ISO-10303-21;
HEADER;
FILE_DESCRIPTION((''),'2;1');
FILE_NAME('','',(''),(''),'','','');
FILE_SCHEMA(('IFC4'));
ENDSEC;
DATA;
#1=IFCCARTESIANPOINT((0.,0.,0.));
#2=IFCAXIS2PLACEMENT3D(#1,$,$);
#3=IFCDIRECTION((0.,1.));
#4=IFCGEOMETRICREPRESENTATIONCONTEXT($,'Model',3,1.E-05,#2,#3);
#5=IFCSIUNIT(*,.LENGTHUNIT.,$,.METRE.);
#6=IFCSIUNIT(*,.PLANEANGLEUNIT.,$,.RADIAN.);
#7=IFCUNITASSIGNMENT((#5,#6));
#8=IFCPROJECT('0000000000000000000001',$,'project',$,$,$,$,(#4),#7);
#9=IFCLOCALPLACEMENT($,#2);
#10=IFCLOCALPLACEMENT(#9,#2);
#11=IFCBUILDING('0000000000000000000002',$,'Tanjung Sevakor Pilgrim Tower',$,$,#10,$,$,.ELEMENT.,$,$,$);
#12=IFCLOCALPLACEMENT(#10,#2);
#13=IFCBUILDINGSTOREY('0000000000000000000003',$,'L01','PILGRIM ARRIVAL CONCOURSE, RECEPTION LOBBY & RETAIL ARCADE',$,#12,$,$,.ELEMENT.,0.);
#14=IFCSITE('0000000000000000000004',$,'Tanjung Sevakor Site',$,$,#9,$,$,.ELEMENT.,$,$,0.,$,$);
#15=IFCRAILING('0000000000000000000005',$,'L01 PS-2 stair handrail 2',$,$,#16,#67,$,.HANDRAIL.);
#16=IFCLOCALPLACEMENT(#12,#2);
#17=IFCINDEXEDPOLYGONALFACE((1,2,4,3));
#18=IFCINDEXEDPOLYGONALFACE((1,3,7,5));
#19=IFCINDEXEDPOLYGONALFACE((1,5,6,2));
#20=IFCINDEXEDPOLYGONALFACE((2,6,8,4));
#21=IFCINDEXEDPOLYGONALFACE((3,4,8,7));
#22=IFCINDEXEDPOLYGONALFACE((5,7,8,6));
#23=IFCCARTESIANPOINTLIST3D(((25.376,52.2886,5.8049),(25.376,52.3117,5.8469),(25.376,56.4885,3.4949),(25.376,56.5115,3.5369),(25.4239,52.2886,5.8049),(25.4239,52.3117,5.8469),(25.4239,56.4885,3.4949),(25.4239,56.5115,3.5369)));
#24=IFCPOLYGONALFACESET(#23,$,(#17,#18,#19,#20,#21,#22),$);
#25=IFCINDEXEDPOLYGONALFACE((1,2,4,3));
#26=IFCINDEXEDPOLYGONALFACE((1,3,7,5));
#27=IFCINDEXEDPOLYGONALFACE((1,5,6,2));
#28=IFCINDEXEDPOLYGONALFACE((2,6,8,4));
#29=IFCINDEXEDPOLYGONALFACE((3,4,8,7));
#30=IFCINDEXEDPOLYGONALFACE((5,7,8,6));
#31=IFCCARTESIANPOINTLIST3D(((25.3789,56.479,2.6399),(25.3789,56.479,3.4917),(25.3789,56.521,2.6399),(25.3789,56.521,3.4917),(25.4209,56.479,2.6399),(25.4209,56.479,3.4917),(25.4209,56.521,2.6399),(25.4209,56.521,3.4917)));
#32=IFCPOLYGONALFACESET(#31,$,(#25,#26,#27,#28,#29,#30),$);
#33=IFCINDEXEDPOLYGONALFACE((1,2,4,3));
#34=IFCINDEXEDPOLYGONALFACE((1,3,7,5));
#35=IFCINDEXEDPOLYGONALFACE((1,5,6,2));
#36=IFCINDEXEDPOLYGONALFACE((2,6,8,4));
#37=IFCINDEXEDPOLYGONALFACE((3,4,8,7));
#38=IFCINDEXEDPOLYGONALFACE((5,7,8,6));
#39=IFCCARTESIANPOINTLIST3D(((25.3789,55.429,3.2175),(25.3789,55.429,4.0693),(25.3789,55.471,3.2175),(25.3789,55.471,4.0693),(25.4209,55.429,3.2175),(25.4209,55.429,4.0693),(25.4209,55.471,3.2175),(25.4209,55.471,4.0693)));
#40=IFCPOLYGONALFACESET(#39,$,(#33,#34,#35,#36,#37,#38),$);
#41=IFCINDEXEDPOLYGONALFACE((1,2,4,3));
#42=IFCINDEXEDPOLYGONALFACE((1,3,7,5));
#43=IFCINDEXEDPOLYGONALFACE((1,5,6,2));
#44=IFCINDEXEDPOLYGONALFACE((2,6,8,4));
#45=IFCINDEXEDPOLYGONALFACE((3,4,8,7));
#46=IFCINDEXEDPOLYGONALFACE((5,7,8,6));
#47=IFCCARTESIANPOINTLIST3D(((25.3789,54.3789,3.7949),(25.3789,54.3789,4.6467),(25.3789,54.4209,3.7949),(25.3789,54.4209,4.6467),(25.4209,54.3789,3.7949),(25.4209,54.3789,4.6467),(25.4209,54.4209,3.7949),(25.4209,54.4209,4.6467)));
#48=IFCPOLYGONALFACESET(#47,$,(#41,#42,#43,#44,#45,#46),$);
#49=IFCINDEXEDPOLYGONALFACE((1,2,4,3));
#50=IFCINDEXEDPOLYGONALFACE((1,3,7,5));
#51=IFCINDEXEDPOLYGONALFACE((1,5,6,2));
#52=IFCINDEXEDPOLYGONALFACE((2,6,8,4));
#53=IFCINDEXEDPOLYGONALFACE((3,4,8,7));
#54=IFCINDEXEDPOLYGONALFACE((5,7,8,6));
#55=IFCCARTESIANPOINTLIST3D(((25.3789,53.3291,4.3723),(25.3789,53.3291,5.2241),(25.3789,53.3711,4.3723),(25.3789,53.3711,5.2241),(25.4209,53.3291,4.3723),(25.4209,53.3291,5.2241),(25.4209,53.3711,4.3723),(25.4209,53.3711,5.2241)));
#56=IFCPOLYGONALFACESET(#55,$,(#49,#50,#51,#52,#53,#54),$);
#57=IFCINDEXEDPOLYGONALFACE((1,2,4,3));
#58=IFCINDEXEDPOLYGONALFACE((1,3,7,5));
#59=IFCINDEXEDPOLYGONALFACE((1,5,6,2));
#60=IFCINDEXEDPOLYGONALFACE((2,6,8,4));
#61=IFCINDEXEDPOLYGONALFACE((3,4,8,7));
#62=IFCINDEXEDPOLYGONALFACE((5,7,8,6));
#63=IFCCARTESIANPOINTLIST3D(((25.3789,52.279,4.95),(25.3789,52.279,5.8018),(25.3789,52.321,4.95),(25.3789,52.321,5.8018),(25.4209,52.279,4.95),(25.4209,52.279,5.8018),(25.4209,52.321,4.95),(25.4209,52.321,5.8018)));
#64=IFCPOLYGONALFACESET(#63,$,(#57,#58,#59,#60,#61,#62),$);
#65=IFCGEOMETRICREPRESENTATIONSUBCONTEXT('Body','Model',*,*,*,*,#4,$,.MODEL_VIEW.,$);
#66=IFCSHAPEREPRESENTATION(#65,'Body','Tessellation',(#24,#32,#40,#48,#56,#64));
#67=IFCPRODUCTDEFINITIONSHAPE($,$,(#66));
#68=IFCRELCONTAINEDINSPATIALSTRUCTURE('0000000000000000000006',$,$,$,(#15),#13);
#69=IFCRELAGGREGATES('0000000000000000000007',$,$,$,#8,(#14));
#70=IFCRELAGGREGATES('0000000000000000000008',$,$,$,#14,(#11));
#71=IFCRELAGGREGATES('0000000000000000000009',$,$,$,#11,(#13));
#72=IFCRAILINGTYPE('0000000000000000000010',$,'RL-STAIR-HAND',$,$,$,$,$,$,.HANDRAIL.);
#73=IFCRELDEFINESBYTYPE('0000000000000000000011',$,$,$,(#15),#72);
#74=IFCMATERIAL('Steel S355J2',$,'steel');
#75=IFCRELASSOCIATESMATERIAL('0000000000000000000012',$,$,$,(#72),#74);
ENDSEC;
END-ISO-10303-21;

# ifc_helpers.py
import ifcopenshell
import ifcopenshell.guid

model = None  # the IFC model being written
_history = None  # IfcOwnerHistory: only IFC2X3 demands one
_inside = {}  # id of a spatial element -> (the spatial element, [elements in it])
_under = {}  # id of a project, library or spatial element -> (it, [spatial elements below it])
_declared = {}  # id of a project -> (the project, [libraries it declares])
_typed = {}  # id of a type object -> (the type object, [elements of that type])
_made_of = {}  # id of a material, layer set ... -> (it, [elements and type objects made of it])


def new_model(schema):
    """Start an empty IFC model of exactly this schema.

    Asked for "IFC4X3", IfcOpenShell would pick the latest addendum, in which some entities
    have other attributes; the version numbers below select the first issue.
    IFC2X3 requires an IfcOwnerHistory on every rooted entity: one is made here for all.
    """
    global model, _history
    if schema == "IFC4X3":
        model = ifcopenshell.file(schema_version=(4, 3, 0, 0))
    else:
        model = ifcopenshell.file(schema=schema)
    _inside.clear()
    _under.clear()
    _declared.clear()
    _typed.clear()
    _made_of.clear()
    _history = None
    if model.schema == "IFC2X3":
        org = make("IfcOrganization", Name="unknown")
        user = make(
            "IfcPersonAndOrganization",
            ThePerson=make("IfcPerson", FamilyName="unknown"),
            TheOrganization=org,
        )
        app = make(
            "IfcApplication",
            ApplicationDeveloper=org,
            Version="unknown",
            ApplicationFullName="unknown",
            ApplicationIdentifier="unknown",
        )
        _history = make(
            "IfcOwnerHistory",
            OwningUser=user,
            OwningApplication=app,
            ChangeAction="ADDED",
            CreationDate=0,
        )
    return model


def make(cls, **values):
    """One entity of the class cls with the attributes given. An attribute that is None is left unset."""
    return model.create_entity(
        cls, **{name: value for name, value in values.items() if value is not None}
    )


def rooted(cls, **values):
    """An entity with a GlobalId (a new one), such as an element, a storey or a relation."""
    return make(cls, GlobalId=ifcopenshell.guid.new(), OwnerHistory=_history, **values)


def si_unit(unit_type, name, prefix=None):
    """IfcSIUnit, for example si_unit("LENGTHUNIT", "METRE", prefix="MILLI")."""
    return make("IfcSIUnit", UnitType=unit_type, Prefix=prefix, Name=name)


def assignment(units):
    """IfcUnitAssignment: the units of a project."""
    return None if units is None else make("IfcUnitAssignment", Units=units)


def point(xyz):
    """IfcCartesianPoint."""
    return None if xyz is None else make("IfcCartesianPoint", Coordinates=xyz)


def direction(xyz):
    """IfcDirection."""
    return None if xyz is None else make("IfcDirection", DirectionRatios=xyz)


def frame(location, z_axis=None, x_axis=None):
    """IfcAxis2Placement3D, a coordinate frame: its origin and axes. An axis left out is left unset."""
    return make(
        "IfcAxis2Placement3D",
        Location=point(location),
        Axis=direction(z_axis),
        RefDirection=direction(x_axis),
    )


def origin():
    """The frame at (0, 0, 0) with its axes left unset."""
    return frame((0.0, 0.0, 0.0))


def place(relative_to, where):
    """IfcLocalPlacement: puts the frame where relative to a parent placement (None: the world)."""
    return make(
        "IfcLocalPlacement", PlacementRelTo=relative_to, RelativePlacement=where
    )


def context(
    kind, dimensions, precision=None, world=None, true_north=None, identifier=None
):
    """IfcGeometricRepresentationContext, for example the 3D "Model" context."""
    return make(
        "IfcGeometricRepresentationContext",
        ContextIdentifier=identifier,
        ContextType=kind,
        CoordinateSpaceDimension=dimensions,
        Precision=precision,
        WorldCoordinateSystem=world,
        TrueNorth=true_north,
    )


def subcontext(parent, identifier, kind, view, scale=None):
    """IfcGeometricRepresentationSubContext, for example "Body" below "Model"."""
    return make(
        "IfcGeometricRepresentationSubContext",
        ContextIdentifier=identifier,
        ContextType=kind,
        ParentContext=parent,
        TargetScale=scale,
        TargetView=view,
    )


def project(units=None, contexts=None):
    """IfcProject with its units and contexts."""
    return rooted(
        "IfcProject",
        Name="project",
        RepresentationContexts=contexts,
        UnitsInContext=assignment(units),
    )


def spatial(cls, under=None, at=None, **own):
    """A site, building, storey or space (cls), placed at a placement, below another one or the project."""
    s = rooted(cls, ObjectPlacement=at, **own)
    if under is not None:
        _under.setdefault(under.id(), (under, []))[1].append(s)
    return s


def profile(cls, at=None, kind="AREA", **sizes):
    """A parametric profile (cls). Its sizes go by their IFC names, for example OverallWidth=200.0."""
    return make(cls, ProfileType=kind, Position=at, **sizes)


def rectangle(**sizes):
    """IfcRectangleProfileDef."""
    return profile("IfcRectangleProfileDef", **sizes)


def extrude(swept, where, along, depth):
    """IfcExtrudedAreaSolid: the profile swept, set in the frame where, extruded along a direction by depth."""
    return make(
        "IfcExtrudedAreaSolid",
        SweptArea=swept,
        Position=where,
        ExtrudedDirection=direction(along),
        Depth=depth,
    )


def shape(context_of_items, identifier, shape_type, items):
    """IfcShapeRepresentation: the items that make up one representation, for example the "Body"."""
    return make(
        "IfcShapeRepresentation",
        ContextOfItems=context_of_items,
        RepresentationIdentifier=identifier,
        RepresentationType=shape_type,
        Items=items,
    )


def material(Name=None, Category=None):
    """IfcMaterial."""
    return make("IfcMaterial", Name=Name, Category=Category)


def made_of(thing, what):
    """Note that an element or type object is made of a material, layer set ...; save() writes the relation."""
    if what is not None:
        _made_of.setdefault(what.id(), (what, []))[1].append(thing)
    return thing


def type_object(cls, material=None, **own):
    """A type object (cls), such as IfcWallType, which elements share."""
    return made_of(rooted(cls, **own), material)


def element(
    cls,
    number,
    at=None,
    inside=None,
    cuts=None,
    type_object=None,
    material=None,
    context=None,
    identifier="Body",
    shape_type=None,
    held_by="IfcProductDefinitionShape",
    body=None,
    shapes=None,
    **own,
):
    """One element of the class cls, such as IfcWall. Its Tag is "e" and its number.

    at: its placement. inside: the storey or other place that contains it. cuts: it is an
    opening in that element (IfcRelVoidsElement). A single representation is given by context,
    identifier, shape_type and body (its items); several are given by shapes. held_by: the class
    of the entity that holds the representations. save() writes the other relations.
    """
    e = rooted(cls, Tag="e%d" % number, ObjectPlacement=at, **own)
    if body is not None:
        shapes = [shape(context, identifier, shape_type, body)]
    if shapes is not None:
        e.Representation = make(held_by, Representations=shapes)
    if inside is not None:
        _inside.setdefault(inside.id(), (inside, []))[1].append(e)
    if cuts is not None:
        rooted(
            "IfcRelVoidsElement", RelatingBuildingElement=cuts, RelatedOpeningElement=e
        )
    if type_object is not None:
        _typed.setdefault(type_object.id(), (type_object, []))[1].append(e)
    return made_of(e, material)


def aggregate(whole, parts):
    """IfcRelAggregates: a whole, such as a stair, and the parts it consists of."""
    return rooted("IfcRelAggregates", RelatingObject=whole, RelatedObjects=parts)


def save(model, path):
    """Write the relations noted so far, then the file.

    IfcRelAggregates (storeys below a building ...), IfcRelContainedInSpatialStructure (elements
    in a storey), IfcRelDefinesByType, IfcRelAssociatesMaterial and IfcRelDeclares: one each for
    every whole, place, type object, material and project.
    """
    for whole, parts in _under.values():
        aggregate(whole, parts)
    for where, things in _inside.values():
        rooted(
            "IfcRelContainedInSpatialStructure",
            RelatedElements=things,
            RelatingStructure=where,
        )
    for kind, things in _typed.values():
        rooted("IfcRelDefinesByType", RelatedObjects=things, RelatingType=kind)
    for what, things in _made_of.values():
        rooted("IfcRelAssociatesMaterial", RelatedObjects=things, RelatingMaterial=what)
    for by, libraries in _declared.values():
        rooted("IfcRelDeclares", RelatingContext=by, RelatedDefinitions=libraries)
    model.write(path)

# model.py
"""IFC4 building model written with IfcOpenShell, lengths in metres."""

from ifc_helpers import new_model, si_unit, direction, frame, origin, place, context, subcontext, project, spatial, rectangle, extrude, material, type_object, element, save


model = new_model("IFC4")

# Units and contexts
model_context = context("Model", 3, precision=1e-05, world=origin(), true_north=direction((0.0, 1.0)))
body_context = subcontext(model_context, "Body", "Model", "MODEL_VIEW")
ifc_project = project(units=[si_unit("LENGTHUNIT", "METRE"), si_unit("PLANEANGLEUNIT", "RADIAN")], contexts=[model_context])

# Site, building, storey
site_placement = place(None, origin())
site = spatial("IfcSite", under=ifc_project, at=site_placement, Name="Tanjung Sevakor Site", CompositionType="ELEMENT", RefElevation=0.0)
building_placement = place(site_placement, origin())
building = spatial("IfcBuilding", under=site, at=building_placement, Name="Tanjung Sevakor Pilgrim Tower", CompositionType="ELEMENT")
storey_placement = place(building_placement, origin())
storey = spatial("IfcBuildingStorey", under=building, at=storey_placement, Name="L01", Description="PILGRIM ARRIVAL CONCOURSE, RECEPTION LOBBY & RETAIL ARCADE", CompositionType="ELEMENT", Elevation=0.0)

# Railing
ifc_material_1 = material(Name="Steel S355J2", Category="steel")
railing_type = type_object("IfcRailingType", Name="RL-STAIR-HAND", PredefinedType="HANDRAIL", material=ifc_material_1)
railing_placement = place(storey_placement, frame((25.3999, 56.5, 2.6399)))
element("IfcRailing", 1, at=railing_placement, inside=storey, type_object=railing_type, Name="L01 PS-2 stair handrail 2", PredefinedType="HANDRAIL", context=body_context, shape_type="SweptSolid", body=[
    extrude(rectangle(XDim=0.0479, YDim=0.0479), frame((0.0, 0.0, 0.876), z_axis=(0.0, -0.876208, 0.481932), x_axis=(1.0, 0.0, 0.0)), (0.0, 0.0, 1.0), 4.7932),
    extrude(rectangle(XDim=0.042, YDim=0.042), origin(), (0.0, 0.0, 1.0), 0.8518),
    extrude(rectangle(XDim=0.042, YDim=0.042), frame((0.0, -1.05, 0.5776)), (0.0, 0.0, 1.0), 0.8518),
    extrude(rectangle(XDim=0.042, YDim=0.042), frame((0.0, -2.1001, 1.155)), (0.0, 0.0, 1.0), 0.8518),
    extrude(rectangle(XDim=0.042, YDim=0.042), frame((0.0, -3.1499, 1.7324)), (0.0, 0.0, 1.0), 0.8518),
    extrude(rectangle(XDim=0.042, YDim=0.042), frame((0.0, -4.2, 2.3101)), (0.0, 0.0, 1.0), 0.8518),
])

save(model, "model.ifc")
